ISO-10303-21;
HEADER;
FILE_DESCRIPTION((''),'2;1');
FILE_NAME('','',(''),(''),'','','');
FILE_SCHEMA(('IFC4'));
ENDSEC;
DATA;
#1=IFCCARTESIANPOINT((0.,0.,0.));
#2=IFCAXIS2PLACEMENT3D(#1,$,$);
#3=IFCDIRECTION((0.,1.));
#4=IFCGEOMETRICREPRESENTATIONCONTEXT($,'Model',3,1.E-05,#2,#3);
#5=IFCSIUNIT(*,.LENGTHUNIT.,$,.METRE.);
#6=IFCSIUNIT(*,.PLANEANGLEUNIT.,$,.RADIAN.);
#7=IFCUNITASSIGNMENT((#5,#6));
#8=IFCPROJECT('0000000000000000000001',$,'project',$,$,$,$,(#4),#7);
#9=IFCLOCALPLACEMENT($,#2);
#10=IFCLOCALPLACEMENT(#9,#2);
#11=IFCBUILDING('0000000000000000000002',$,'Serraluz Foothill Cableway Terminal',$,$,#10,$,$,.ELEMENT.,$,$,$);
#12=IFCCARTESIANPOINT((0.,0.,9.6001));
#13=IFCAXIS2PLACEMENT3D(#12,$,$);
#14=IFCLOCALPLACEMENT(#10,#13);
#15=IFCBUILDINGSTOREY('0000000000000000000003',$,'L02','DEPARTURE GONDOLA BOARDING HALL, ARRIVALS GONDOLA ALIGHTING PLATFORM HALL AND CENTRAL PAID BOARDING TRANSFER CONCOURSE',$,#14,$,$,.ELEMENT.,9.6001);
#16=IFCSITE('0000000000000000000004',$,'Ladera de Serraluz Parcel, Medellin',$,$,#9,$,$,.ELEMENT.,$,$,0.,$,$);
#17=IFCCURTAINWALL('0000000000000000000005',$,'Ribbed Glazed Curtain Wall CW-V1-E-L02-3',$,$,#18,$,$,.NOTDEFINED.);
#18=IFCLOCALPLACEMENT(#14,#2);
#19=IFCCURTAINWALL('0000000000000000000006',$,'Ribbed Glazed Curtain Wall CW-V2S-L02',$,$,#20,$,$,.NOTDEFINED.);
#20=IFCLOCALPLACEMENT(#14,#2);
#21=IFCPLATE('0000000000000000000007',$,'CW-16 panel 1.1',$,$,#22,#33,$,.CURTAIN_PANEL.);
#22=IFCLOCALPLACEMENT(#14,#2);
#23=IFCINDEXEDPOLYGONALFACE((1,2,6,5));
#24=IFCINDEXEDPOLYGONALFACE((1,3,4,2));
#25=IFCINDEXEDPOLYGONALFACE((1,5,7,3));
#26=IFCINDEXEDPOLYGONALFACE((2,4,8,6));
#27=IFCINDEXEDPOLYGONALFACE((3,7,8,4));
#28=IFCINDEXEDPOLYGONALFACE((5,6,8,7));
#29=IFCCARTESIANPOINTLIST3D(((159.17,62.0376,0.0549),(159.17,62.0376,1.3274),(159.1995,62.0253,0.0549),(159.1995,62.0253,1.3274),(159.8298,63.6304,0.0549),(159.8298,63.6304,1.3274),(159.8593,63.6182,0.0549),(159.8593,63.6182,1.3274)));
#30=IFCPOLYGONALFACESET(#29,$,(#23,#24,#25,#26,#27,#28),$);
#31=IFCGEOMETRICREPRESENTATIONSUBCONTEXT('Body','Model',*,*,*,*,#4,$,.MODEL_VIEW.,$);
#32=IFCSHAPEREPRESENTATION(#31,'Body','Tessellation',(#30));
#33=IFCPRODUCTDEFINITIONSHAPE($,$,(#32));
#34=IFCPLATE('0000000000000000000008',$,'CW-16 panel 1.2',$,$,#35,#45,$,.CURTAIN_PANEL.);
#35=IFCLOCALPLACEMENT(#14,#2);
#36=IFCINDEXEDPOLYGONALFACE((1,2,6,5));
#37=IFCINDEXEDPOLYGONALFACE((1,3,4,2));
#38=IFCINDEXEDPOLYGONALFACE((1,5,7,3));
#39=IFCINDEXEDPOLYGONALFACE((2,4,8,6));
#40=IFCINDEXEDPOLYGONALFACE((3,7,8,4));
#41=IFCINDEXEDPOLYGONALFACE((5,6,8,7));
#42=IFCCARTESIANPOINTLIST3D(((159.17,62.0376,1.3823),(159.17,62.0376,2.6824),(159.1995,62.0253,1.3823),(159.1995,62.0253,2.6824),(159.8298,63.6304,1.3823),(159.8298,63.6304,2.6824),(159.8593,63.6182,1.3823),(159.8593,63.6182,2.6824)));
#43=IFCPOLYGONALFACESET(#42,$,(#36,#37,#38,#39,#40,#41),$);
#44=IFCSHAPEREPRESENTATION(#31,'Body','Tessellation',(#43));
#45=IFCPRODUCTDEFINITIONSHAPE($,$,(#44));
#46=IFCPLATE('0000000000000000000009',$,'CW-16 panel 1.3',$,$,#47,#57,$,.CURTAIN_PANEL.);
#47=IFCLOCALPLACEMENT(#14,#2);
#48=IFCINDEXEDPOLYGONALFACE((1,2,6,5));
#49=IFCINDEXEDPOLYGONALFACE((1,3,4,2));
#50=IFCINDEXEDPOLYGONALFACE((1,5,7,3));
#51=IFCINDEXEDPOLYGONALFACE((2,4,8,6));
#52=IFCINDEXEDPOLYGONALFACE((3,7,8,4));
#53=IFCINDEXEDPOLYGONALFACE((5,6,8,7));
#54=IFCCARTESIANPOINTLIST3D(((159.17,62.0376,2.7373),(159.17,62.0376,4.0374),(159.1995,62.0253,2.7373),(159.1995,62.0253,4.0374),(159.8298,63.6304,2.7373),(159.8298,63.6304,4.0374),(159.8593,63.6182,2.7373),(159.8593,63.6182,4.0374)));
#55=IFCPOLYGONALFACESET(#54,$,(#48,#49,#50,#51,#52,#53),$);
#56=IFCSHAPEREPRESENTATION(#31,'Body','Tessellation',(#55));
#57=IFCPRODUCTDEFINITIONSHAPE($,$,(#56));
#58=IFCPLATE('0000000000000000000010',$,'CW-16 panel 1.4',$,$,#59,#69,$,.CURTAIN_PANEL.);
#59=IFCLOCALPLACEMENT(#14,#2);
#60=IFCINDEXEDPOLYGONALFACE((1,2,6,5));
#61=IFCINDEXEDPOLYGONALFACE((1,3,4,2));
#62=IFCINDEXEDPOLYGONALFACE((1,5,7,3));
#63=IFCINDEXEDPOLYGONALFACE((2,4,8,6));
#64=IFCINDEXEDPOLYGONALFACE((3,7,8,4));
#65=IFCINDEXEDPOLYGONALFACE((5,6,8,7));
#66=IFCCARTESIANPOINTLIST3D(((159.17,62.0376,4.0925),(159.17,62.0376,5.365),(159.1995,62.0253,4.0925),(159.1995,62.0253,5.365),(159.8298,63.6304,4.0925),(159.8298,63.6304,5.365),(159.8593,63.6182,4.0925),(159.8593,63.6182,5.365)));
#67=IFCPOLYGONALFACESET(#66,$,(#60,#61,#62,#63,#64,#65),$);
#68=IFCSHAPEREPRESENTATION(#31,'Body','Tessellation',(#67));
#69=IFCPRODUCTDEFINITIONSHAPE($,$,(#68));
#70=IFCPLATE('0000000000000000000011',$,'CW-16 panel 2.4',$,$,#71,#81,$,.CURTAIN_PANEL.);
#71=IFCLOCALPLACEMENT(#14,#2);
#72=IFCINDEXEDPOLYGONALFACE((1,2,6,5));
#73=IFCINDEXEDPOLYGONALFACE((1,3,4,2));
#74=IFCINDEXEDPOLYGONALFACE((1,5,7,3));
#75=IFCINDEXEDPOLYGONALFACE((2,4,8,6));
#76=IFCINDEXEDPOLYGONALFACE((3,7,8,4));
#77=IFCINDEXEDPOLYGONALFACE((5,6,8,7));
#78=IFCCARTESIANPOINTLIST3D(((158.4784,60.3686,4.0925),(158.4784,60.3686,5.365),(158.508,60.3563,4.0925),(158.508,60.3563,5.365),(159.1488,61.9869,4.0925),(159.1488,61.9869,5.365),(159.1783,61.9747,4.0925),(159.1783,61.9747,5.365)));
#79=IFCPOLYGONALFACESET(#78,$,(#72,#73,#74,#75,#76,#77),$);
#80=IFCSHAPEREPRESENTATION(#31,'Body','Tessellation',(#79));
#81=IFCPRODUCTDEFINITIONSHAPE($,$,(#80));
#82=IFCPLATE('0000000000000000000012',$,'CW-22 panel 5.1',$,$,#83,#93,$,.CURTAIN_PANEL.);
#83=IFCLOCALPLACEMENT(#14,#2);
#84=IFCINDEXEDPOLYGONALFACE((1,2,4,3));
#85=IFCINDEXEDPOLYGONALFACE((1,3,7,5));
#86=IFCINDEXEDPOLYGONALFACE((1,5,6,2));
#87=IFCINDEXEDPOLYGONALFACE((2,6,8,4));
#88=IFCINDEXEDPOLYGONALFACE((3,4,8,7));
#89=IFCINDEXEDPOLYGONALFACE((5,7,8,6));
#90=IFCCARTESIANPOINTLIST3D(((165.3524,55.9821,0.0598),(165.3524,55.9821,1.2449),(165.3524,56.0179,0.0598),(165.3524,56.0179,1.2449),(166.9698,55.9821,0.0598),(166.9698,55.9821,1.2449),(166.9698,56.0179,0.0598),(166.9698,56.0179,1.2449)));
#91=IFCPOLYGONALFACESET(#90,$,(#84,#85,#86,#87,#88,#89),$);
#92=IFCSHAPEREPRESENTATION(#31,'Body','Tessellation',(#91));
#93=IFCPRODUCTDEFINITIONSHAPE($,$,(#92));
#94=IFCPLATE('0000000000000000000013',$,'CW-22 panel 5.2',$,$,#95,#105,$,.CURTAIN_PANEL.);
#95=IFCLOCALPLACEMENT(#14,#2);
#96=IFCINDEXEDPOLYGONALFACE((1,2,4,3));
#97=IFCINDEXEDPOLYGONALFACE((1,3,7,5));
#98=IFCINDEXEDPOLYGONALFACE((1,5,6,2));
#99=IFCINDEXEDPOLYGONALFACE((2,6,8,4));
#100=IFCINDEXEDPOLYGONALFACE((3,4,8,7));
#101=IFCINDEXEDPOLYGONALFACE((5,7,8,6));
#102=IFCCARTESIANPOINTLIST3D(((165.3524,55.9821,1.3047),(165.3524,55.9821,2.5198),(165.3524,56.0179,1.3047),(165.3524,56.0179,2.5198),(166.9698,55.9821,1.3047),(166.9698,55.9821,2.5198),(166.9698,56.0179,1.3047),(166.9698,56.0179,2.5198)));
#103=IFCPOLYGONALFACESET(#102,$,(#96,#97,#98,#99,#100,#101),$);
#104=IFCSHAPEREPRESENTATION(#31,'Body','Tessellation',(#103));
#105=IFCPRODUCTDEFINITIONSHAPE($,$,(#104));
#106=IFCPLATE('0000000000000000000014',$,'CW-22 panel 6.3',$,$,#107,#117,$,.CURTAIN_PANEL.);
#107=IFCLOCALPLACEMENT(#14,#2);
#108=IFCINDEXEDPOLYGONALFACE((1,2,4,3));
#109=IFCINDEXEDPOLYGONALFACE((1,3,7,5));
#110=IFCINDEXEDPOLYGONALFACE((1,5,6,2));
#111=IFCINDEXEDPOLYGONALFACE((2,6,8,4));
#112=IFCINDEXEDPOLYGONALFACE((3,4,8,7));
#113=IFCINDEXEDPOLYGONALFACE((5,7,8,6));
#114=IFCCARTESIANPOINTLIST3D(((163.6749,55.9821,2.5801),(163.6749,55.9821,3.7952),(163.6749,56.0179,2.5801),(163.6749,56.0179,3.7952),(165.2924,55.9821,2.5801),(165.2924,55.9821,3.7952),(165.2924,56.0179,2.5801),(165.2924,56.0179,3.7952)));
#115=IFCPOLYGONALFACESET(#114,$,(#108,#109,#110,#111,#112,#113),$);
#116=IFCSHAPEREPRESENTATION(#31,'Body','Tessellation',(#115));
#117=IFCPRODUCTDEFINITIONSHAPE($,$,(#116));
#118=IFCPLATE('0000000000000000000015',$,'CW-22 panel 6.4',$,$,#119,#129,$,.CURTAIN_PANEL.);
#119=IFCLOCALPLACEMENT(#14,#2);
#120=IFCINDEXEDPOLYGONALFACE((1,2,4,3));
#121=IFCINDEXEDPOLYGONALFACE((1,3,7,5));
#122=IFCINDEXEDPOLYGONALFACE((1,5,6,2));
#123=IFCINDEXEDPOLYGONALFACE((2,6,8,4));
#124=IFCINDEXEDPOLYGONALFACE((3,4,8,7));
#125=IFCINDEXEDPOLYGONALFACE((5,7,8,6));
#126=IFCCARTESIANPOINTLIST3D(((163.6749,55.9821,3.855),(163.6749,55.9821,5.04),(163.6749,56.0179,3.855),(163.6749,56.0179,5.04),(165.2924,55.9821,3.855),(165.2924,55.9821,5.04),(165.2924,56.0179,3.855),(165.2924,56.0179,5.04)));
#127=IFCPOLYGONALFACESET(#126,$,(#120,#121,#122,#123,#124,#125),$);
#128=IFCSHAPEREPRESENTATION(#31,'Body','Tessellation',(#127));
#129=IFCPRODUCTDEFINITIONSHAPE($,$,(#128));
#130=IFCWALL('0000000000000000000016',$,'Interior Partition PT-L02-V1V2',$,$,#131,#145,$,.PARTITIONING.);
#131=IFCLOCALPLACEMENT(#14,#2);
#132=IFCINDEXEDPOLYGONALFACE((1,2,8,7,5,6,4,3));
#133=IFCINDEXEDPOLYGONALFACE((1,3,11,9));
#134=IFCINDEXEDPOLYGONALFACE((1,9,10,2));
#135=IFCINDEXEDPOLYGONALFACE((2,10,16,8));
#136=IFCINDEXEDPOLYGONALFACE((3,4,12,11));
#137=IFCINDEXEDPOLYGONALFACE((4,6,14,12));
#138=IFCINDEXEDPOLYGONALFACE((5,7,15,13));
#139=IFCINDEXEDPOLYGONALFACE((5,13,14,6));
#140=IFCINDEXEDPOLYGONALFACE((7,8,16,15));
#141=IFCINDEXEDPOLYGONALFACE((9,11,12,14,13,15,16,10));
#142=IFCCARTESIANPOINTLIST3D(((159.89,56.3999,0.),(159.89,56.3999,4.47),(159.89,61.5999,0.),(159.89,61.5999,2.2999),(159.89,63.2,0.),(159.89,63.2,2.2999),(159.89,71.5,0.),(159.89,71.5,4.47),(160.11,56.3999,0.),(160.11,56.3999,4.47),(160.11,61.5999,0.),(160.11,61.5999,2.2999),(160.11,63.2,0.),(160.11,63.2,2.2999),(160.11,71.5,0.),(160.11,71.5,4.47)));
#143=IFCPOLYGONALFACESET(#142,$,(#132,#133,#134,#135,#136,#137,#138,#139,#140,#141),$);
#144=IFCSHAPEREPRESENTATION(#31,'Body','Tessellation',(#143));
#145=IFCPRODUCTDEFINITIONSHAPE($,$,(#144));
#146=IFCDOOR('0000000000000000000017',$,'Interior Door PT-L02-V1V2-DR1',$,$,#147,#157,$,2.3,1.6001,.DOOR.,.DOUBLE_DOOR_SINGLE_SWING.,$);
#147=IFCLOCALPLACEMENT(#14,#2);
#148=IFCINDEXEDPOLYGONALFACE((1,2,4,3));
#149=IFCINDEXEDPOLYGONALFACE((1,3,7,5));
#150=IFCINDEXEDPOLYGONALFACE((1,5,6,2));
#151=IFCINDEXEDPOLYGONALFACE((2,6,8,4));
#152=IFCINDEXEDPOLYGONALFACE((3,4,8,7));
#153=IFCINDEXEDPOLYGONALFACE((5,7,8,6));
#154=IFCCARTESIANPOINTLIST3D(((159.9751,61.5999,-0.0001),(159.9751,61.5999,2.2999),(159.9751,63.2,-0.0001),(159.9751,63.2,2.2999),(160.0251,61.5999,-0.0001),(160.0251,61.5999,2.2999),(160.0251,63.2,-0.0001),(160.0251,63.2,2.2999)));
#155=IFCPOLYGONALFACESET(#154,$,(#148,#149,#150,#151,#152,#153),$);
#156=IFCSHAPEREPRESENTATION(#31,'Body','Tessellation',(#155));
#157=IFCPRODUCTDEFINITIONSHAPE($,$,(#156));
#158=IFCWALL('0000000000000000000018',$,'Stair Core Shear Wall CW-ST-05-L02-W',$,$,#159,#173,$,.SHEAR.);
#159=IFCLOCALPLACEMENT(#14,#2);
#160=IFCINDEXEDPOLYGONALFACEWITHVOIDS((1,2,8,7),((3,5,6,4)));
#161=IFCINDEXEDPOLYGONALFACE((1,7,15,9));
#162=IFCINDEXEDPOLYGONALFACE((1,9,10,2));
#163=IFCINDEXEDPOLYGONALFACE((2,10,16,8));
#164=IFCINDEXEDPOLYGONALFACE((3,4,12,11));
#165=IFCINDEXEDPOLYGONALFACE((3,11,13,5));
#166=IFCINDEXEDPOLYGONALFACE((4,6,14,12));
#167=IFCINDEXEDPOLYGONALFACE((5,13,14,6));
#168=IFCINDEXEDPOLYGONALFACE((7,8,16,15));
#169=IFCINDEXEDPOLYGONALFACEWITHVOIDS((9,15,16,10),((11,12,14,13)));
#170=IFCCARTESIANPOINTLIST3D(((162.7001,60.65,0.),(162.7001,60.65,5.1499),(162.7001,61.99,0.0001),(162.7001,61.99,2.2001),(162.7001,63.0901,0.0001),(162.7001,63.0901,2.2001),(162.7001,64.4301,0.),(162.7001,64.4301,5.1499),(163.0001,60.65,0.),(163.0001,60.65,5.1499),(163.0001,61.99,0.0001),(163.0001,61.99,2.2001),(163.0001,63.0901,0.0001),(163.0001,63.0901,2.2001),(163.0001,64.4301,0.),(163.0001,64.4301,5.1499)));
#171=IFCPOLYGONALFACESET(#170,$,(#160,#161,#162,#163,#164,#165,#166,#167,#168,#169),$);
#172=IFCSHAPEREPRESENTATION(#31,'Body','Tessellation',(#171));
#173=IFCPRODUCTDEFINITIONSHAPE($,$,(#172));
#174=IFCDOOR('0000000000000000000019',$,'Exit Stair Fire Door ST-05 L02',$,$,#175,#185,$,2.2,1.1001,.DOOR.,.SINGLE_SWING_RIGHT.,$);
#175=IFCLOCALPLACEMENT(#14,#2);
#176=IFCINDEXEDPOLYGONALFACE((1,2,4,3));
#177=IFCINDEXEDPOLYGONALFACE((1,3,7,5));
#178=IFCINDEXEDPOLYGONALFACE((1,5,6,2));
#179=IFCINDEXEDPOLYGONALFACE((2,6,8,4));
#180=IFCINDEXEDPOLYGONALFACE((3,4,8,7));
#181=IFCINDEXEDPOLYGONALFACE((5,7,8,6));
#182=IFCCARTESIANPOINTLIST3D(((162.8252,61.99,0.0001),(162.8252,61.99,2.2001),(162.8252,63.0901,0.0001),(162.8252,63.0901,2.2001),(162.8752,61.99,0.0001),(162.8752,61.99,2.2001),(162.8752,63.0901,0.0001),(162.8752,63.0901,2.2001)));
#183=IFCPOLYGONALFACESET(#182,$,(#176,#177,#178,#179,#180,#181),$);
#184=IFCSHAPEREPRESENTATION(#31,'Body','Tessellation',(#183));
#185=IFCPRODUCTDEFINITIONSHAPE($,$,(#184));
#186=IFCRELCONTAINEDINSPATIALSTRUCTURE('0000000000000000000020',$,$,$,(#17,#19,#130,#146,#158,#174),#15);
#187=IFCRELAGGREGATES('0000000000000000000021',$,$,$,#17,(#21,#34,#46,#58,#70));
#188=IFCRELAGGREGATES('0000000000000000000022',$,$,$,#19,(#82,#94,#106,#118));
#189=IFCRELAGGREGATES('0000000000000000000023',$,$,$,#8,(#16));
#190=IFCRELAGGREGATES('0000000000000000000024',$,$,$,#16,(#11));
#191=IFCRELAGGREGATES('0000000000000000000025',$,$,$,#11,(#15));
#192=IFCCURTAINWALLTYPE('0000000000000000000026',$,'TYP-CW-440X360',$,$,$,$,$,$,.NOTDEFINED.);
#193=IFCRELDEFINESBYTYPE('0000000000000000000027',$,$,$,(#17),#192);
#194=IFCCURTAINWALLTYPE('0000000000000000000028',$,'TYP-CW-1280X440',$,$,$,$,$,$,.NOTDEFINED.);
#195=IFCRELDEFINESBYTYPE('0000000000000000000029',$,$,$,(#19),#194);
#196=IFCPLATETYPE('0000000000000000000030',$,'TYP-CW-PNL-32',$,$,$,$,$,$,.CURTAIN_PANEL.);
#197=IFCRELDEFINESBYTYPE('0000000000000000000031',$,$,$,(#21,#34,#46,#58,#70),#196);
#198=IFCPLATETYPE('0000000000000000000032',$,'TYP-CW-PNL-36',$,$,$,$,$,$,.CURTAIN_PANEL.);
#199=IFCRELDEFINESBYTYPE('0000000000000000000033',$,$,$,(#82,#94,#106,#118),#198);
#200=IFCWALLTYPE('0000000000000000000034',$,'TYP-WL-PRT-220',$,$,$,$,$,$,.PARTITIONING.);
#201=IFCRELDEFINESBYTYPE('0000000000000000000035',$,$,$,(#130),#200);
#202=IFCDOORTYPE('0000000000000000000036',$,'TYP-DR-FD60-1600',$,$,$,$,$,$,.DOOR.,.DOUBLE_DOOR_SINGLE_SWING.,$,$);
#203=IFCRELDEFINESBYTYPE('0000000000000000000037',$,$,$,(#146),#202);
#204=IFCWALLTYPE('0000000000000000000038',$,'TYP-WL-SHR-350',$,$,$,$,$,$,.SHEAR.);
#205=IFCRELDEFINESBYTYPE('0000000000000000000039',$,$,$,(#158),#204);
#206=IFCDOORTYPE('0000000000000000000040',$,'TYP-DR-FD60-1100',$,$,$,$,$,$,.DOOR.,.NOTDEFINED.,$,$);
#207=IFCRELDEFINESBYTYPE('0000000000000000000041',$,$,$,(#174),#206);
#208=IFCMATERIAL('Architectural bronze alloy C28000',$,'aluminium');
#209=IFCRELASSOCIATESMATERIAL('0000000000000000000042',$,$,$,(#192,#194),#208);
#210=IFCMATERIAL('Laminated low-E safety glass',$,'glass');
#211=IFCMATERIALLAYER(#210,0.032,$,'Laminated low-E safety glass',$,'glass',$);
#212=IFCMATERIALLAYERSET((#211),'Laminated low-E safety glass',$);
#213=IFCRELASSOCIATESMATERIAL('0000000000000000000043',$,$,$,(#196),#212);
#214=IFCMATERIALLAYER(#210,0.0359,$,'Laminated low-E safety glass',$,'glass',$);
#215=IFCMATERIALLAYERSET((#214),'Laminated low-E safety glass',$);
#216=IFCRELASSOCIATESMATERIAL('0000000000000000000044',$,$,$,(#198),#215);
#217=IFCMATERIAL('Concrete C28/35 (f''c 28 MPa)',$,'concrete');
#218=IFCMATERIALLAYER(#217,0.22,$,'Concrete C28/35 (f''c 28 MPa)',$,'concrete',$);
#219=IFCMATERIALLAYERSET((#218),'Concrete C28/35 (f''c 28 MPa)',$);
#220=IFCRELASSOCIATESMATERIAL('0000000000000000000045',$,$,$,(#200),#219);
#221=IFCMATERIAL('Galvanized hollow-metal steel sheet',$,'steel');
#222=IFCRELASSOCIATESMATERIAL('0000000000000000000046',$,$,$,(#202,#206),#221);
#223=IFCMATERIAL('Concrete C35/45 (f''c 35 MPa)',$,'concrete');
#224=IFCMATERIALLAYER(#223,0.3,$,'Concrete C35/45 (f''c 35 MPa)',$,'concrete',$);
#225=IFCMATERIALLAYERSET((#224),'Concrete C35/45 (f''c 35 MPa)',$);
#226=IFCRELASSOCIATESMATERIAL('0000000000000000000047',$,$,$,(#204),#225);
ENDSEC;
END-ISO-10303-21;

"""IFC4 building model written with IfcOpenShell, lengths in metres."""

from ifc_helpers import new_model, si_unit, direction, frame, frame_2d, origin, origin_2d, place, context, subcontext, project, spatial, rectangle, extrude, material, layer, layer_set, type_object, element, fill, aggregate, save


model = new_model("IFC4")

# Units and contexts
model_context = context("Model", 3, precision=1e-05, world=origin(), true_north=direction((0.0, 1.0)))
body_context = subcontext(model_context, "Body", "Model", "MODEL_VIEW")
ifc_project = project(units=[si_unit("LENGTHUNIT", "METRE"), si_unit("PLANEANGLEUNIT", "RADIAN")], contexts=[model_context])

# Site, building, storey
site_placement = place(None, origin())
site = spatial("IfcSite", under=ifc_project, at=site_placement, Name="Ladera de Serraluz Parcel, Medellin", CompositionType="ELEMENT", RefElevation=0.0)
building_placement = place(site_placement, origin())
building = spatial("IfcBuilding", under=site, at=building_placement, Name="Serraluz Foothill Cableway Terminal", CompositionType="ELEMENT")
storey_placement = place(building_placement, frame((0.0, 0.0, 9.6001)))
storey = spatial("IfcBuildingStorey", under=building, at=storey_placement, Name="L02", Description="DEPARTURE GONDOLA BOARDING HALL, ARRIVALS GONDOLA ALIGHTING PLATFORM HALL AND CENTRAL PAID BOARDING TRANSFER CONCOURSE", CompositionType="ELEMENT", Elevation=9.6001)

# Curtain walls
ifc_material_1 = material(Name="Architectural bronze alloy C28000", Category="aluminium")
curtain_wall_type_1 = type_object("IfcCurtainWallType", Name="TYP-CW-440X360", PredefinedType="NOTDEFINED", material=ifc_material_1)
curtain_wall_1_placement = place(storey_placement, origin())
curtain_wall_1 = element("IfcCurtainWall", 1, at=curtain_wall_1_placement, inside=storey, type_object=curtain_wall_type_1, Name="Ribbed Glazed Curtain Wall CW-V1-E-L02-3", PredefinedType="NOTDEFINED")
curtain_wall_type_2 = type_object("IfcCurtainWallType", Name="TYP-CW-1280X440", PredefinedType="NOTDEFINED", material=ifc_material_1)
curtain_wall_2_placement = place(storey_placement, origin())
curtain_wall_2 = element("IfcCurtainWall", 2, at=curtain_wall_2_placement, inside=storey, type_object=curtain_wall_type_2, Name="Ribbed Glazed Curtain Wall CW-V2S-L02", PredefinedType="NOTDEFINED")

# Plates
ifc_material_2 = material(Name="Laminated low-E safety glass", Category="glass")
ifc_layer_1 = layer(ifc_material_2, 0.032, Name="Laminated low-E safety glass", Category="glass")
ifc_layer_set_1 = layer_set([ifc_layer_1], Name="Laminated low-E safety glass")
plate_type_1 = type_object("IfcPlateType", Name="TYP-CW-PNL-32", PredefinedType="CURTAIN_PANEL", material=ifc_layer_set_1)
plate_1_placement = place(storey_placement, frame((159.5146, 62.8279, 0.0549), z_axis=(0.0, 0.0, 1.0), x_axis=(-0.382685, -0.923879, 0.0)))
plate_1 = element("IfcPlate", 3, at=plate_1_placement, type_object=plate_type_1, Name="CW-16 panel 1.1", PredefinedType="CURTAIN_PANEL", context=body_context, shape_type="SweptSolid", body=[
    extrude(rectangle(XDim=1.7241, YDim=0.032, at=origin_2d()), origin(), (0.0, 0.0, 1.0), 1.2725),
])
plate_2_placement = place(storey_placement, frame((159.5146, 62.8279, 1.3823), z_axis=(0.0, 0.0, 1.0), x_axis=(-0.382685, -0.923879, 0.0)))
plate_2 = element("IfcPlate", 4, at=plate_2_placement, type_object=plate_type_1, Name="CW-16 panel 1.2", PredefinedType="CURTAIN_PANEL", context=body_context, shape_type="SweptSolid", body=[
    extrude(rectangle(XDim=1.7241, YDim=0.032, at=origin_2d()), origin(), (0.0, 0.0, 1.0), 1.3),
])
plate_3_placement = place(storey_placement, frame((159.5146, 62.8279, 2.7373), z_axis=(0.0, 0.0, 1.0), x_axis=(-0.382685, -0.923879, 0.0)))
plate_3 = element("IfcPlate", 5, at=plate_3_placement, type_object=plate_type_1, Name="CW-16 panel 1.3", PredefinedType="CURTAIN_PANEL", context=body_context, shape_type="SweptSolid", body=[
    extrude(rectangle(XDim=1.7241, YDim=0.032, at=origin_2d()), origin(), (0.0, 0.0, 1.0), 1.3),
])
plate_4_placement = place(storey_placement, frame((159.5146, 62.8279, 4.0925), z_axis=(0.0, 0.0, 1.0), x_axis=(-0.382685, -0.923879, 0.0)))
plate_4 = element("IfcPlate", 6, at=plate_4_placement, type_object=plate_type_1, Name="CW-16 panel 1.4", PredefinedType="CURTAIN_PANEL", context=body_context, shape_type="SweptSolid", body=[
    extrude(rectangle(XDim=1.7241, YDim=0.032, at=origin_2d()), origin(), (0.0, 0.0, 1.0), 1.2725),
])
plate_5_placement = place(storey_placement, frame((158.8284, 61.1716, 4.0925), z_axis=(0.0, 0.0, 1.0), x_axis=(-0.382685, -0.923879, 0.0)))
plate_5 = element("IfcPlate", 7, at=plate_5_placement, type_object=plate_type_1, Name="CW-16 panel 2.4", PredefinedType="CURTAIN_PANEL", context=body_context, shape_type="SweptSolid", body=[
    extrude(rectangle(XDim=1.7517, YDim=0.032, at=origin_2d()), origin(), (0.0, 0.0, 1.0), 1.2725),
])
aggregate(curtain_wall_1, [plate_1, plate_2, plate_3, plate_4, plate_5])
ifc_layer_2 = layer(ifc_material_2, 0.0359, Name="Laminated low-E safety glass", Category="glass")
ifc_layer_set_2 = layer_set([ifc_layer_2], Name="Laminated low-E safety glass")
plate_type_2 = type_object("IfcPlateType", Name="TYP-CW-PNL-36", PredefinedType="CURTAIN_PANEL", material=ifc_layer_set_2)
plate_6_placement = place(storey_placement, frame((166.1611, 56.0, 0.0598), z_axis=(0.0, 0.0, 1.0), x_axis=(-1.0, 0.0, 0.0)))
plate_6 = element("IfcPlate", 8, at=plate_6_placement, type_object=plate_type_2, Name="CW-22 panel 5.1", PredefinedType="CURTAIN_PANEL", context=body_context, shape_type="SweptSolid", body=[
    extrude(rectangle(XDim=1.6174, YDim=0.0359, at=origin_2d()), origin(), (0.0, 0.0, 1.0), 1.1851),
])
plate_7_placement = place(storey_placement, frame((166.1611, 56.0, 1.3047), z_axis=(0.0, 0.0, 1.0), x_axis=(-1.0, 0.0, 0.0)))
plate_7 = element("IfcPlate", 9, at=plate_7_placement, type_object=plate_type_2, Name="CW-22 panel 5.2", PredefinedType="CURTAIN_PANEL", context=body_context, shape_type="SweptSolid", body=[
    extrude(rectangle(XDim=1.6174, YDim=0.0359, at=origin_2d()), origin(), (0.0, 0.0, 1.0), 1.2151),
])
plate_8_placement = place(storey_placement, frame((164.4836, 56.0, 2.5801), z_axis=(0.0, 0.0, 1.0), x_axis=(-1.0, 0.0, 0.0)))
plate_8 = element("IfcPlate", 10, at=plate_8_placement, type_object=plate_type_2, Name="CW-22 panel 6.3", PredefinedType="CURTAIN_PANEL", context=body_context, shape_type="SweptSolid", body=[
    extrude(rectangle(XDim=1.6174, YDim=0.0359, at=origin_2d()), origin(), (0.0, 0.0, 1.0), 1.2151),
])
plate_9_placement = place(storey_placement, frame((164.4836, 56.0, 3.855), z_axis=(0.0, 0.0, 1.0), x_axis=(-1.0, 0.0, 0.0)))
plate_9 = element("IfcPlate", 11, at=plate_9_placement, type_object=plate_type_2, Name="CW-22 panel 6.4", PredefinedType="CURTAIN_PANEL", context=body_context, shape_type="SweptSolid", body=[
    extrude(rectangle(XDim=1.6174, YDim=0.0359, at=origin_2d()), origin(), (0.0, 0.0, 1.0), 1.1851),
])
aggregate(curtain_wall_2, [plate_6, plate_7, plate_8, plate_9])

# Walls, openings, doors
ifc_material_3 = material(Name="Concrete C28/35 (f'c 28 MPa)", Category="concrete")
ifc_layer_3 = layer(ifc_material_3, 0.22, Name="Concrete C28/35 (f'c 28 MPa)", Category="concrete")
ifc_layer_set_3 = layer_set([ifc_layer_3], Name="Concrete C28/35 (f'c 28 MPa)")
wall_type_1 = type_object("IfcWallType", Name="TYP-WL-PRT-220", PredefinedType="PARTITIONING", material=ifc_layer_set_3)
wall_1_placement = place(storey_placement, frame((160.0, 56.3999, 0.0), z_axis=(0.0, 0.0, 1.0), x_axis=(0.0, 1.0, 0.0)))
wall_1 = element("IfcWall", 12, at=wall_1_placement, inside=storey, type_object=wall_type_1, Name="Interior Partition PT-L02-V1V2", PredefinedType="PARTITIONING", context=body_context, shape_type="SweptSolid", body=[
    extrude(rectangle(XDim=15.1001, YDim=0.22, at=frame_2d((7.55, 0.0))), origin(), (0.0, 0.0, 1.0), 4.47),
])
opening_1_placement = place(wall_1_placement, frame((5.2, 0.0, 0.0)))
opening_1 = element("IfcOpeningElement", 13, at=opening_1_placement, cuts=wall_1, PredefinedType="OPENING", context=body_context, shape_type="SweptSolid", body=[
    extrude(rectangle(XDim=1.6001, YDim=2.3, at=frame_2d((0.8, 1.1499))), frame((0.0, 0.1201, 0.0), z_axis=(0.0, -1.0, 0.0), x_axis=(1.0, 0.0, 0.0)), (0.0, 0.0, 1.0), 0.24),
])
ifc_material_4 = material(Name="Galvanized hollow-metal steel sheet", Category="steel")
door_type_1 = type_object("IfcDoorType", Name="TYP-DR-FD60-1600", OperationType="DOUBLE_DOOR_SINGLE_SWING", PredefinedType="DOOR", material=ifc_material_4)
door_1_placement = place(opening_1_placement, origin())
door_1 = element("IfcDoor", 14, at=door_1_placement, inside=storey, type_object=door_type_1, Name="Interior Door PT-L02-V1V2-DR1", OperationType="DOUBLE_DOOR_SINGLE_SWING", OverallHeight=2.3, OverallWidth=1.6001, PredefinedType="DOOR", context=body_context, shape_type="SweptSolid", body=[
    extrude(rectangle(XDim=1.6001, YDim=2.3, at=frame_2d((0.8, 1.1499))), frame((0.0, 0.0249, 0.0), z_axis=(0.0, -1.0, 0.0), x_axis=(1.0, 0.0, 0.0)), (0.0, 0.0, 1.0), 0.05),
])
fill(opening_1, door_1)
ifc_material_5 = material(Name="Concrete C35/45 (f'c 35 MPa)", Category="concrete")
ifc_layer_4 = layer(ifc_material_5, 0.3, Name="Concrete C35/45 (f'c 35 MPa)", Category="concrete")
ifc_layer_set_4 = layer_set([ifc_layer_4], Name="Concrete C35/45 (f'c 35 MPa)")
wall_type_2 = type_object("IfcWallType", Name="TYP-WL-SHR-350", PredefinedType="SHEAR", material=ifc_layer_set_4)
wall_2_placement = place(storey_placement, frame((162.8501, 60.6499, 0.0), z_axis=(0.0, 0.0, 1.0), x_axis=(0.0, 1.0, 0.0)))
wall_2 = element("IfcWall", 15, at=wall_2_placement, inside=storey, type_object=wall_type_2, Name="Stair Core Shear Wall CW-ST-05-L02-W", PredefinedType="SHEAR", context=body_context, shape_type="SweptSolid", body=[
    extrude(rectangle(XDim=3.78, YDim=0.3, at=frame_2d((1.8901, 0.0))), origin(), (0.0, 0.0, 1.0), 5.1499),
])
opening_2_placement = place(wall_2_placement, frame((1.3401, 0.0, 0.0)))
opening_2 = element("IfcOpeningElement", 16, at=opening_2_placement, cuts=wall_2, PredefinedType="OPENING", context=body_context, shape_type="SweptSolid", body=[
    extrude(rectangle(XDim=1.1001, YDim=2.2, at=frame_2d((0.55, 1.1001))), frame((0.0, 0.1602, 0.0), z_axis=(0.0, -1.0, 0.0), x_axis=(1.0, 0.0, 0.0)), (0.0, 0.0, 1.0), 0.3201),
])
door_type_2 = type_object("IfcDoorType", Name="TYP-DR-FD60-1100", OperationType="NOTDEFINED", PredefinedType="DOOR", material=ifc_material_4)
door_2_placement = place(opening_2_placement, origin())
door_2 = element("IfcDoor", 17, at=door_2_placement, inside=storey, type_object=door_type_2, Name="Exit Stair Fire Door ST-05 L02", OperationType="SINGLE_SWING_RIGHT", OverallHeight=2.2, OverallWidth=1.1001, PredefinedType="DOOR", context=body_context, shape_type="SweptSolid", body=[
    extrude(rectangle(XDim=1.1001, YDim=2.2, at=frame_2d((0.55, 1.1001))), frame((0.0, 0.0249, 0.0), z_axis=(0.0, -1.0, 0.0), x_axis=(1.0, 0.0, 0.0)), (0.0, 0.0, 1.0), 0.05),
])
fill(opening_2, door_2)

save(model, "model.ifc")
